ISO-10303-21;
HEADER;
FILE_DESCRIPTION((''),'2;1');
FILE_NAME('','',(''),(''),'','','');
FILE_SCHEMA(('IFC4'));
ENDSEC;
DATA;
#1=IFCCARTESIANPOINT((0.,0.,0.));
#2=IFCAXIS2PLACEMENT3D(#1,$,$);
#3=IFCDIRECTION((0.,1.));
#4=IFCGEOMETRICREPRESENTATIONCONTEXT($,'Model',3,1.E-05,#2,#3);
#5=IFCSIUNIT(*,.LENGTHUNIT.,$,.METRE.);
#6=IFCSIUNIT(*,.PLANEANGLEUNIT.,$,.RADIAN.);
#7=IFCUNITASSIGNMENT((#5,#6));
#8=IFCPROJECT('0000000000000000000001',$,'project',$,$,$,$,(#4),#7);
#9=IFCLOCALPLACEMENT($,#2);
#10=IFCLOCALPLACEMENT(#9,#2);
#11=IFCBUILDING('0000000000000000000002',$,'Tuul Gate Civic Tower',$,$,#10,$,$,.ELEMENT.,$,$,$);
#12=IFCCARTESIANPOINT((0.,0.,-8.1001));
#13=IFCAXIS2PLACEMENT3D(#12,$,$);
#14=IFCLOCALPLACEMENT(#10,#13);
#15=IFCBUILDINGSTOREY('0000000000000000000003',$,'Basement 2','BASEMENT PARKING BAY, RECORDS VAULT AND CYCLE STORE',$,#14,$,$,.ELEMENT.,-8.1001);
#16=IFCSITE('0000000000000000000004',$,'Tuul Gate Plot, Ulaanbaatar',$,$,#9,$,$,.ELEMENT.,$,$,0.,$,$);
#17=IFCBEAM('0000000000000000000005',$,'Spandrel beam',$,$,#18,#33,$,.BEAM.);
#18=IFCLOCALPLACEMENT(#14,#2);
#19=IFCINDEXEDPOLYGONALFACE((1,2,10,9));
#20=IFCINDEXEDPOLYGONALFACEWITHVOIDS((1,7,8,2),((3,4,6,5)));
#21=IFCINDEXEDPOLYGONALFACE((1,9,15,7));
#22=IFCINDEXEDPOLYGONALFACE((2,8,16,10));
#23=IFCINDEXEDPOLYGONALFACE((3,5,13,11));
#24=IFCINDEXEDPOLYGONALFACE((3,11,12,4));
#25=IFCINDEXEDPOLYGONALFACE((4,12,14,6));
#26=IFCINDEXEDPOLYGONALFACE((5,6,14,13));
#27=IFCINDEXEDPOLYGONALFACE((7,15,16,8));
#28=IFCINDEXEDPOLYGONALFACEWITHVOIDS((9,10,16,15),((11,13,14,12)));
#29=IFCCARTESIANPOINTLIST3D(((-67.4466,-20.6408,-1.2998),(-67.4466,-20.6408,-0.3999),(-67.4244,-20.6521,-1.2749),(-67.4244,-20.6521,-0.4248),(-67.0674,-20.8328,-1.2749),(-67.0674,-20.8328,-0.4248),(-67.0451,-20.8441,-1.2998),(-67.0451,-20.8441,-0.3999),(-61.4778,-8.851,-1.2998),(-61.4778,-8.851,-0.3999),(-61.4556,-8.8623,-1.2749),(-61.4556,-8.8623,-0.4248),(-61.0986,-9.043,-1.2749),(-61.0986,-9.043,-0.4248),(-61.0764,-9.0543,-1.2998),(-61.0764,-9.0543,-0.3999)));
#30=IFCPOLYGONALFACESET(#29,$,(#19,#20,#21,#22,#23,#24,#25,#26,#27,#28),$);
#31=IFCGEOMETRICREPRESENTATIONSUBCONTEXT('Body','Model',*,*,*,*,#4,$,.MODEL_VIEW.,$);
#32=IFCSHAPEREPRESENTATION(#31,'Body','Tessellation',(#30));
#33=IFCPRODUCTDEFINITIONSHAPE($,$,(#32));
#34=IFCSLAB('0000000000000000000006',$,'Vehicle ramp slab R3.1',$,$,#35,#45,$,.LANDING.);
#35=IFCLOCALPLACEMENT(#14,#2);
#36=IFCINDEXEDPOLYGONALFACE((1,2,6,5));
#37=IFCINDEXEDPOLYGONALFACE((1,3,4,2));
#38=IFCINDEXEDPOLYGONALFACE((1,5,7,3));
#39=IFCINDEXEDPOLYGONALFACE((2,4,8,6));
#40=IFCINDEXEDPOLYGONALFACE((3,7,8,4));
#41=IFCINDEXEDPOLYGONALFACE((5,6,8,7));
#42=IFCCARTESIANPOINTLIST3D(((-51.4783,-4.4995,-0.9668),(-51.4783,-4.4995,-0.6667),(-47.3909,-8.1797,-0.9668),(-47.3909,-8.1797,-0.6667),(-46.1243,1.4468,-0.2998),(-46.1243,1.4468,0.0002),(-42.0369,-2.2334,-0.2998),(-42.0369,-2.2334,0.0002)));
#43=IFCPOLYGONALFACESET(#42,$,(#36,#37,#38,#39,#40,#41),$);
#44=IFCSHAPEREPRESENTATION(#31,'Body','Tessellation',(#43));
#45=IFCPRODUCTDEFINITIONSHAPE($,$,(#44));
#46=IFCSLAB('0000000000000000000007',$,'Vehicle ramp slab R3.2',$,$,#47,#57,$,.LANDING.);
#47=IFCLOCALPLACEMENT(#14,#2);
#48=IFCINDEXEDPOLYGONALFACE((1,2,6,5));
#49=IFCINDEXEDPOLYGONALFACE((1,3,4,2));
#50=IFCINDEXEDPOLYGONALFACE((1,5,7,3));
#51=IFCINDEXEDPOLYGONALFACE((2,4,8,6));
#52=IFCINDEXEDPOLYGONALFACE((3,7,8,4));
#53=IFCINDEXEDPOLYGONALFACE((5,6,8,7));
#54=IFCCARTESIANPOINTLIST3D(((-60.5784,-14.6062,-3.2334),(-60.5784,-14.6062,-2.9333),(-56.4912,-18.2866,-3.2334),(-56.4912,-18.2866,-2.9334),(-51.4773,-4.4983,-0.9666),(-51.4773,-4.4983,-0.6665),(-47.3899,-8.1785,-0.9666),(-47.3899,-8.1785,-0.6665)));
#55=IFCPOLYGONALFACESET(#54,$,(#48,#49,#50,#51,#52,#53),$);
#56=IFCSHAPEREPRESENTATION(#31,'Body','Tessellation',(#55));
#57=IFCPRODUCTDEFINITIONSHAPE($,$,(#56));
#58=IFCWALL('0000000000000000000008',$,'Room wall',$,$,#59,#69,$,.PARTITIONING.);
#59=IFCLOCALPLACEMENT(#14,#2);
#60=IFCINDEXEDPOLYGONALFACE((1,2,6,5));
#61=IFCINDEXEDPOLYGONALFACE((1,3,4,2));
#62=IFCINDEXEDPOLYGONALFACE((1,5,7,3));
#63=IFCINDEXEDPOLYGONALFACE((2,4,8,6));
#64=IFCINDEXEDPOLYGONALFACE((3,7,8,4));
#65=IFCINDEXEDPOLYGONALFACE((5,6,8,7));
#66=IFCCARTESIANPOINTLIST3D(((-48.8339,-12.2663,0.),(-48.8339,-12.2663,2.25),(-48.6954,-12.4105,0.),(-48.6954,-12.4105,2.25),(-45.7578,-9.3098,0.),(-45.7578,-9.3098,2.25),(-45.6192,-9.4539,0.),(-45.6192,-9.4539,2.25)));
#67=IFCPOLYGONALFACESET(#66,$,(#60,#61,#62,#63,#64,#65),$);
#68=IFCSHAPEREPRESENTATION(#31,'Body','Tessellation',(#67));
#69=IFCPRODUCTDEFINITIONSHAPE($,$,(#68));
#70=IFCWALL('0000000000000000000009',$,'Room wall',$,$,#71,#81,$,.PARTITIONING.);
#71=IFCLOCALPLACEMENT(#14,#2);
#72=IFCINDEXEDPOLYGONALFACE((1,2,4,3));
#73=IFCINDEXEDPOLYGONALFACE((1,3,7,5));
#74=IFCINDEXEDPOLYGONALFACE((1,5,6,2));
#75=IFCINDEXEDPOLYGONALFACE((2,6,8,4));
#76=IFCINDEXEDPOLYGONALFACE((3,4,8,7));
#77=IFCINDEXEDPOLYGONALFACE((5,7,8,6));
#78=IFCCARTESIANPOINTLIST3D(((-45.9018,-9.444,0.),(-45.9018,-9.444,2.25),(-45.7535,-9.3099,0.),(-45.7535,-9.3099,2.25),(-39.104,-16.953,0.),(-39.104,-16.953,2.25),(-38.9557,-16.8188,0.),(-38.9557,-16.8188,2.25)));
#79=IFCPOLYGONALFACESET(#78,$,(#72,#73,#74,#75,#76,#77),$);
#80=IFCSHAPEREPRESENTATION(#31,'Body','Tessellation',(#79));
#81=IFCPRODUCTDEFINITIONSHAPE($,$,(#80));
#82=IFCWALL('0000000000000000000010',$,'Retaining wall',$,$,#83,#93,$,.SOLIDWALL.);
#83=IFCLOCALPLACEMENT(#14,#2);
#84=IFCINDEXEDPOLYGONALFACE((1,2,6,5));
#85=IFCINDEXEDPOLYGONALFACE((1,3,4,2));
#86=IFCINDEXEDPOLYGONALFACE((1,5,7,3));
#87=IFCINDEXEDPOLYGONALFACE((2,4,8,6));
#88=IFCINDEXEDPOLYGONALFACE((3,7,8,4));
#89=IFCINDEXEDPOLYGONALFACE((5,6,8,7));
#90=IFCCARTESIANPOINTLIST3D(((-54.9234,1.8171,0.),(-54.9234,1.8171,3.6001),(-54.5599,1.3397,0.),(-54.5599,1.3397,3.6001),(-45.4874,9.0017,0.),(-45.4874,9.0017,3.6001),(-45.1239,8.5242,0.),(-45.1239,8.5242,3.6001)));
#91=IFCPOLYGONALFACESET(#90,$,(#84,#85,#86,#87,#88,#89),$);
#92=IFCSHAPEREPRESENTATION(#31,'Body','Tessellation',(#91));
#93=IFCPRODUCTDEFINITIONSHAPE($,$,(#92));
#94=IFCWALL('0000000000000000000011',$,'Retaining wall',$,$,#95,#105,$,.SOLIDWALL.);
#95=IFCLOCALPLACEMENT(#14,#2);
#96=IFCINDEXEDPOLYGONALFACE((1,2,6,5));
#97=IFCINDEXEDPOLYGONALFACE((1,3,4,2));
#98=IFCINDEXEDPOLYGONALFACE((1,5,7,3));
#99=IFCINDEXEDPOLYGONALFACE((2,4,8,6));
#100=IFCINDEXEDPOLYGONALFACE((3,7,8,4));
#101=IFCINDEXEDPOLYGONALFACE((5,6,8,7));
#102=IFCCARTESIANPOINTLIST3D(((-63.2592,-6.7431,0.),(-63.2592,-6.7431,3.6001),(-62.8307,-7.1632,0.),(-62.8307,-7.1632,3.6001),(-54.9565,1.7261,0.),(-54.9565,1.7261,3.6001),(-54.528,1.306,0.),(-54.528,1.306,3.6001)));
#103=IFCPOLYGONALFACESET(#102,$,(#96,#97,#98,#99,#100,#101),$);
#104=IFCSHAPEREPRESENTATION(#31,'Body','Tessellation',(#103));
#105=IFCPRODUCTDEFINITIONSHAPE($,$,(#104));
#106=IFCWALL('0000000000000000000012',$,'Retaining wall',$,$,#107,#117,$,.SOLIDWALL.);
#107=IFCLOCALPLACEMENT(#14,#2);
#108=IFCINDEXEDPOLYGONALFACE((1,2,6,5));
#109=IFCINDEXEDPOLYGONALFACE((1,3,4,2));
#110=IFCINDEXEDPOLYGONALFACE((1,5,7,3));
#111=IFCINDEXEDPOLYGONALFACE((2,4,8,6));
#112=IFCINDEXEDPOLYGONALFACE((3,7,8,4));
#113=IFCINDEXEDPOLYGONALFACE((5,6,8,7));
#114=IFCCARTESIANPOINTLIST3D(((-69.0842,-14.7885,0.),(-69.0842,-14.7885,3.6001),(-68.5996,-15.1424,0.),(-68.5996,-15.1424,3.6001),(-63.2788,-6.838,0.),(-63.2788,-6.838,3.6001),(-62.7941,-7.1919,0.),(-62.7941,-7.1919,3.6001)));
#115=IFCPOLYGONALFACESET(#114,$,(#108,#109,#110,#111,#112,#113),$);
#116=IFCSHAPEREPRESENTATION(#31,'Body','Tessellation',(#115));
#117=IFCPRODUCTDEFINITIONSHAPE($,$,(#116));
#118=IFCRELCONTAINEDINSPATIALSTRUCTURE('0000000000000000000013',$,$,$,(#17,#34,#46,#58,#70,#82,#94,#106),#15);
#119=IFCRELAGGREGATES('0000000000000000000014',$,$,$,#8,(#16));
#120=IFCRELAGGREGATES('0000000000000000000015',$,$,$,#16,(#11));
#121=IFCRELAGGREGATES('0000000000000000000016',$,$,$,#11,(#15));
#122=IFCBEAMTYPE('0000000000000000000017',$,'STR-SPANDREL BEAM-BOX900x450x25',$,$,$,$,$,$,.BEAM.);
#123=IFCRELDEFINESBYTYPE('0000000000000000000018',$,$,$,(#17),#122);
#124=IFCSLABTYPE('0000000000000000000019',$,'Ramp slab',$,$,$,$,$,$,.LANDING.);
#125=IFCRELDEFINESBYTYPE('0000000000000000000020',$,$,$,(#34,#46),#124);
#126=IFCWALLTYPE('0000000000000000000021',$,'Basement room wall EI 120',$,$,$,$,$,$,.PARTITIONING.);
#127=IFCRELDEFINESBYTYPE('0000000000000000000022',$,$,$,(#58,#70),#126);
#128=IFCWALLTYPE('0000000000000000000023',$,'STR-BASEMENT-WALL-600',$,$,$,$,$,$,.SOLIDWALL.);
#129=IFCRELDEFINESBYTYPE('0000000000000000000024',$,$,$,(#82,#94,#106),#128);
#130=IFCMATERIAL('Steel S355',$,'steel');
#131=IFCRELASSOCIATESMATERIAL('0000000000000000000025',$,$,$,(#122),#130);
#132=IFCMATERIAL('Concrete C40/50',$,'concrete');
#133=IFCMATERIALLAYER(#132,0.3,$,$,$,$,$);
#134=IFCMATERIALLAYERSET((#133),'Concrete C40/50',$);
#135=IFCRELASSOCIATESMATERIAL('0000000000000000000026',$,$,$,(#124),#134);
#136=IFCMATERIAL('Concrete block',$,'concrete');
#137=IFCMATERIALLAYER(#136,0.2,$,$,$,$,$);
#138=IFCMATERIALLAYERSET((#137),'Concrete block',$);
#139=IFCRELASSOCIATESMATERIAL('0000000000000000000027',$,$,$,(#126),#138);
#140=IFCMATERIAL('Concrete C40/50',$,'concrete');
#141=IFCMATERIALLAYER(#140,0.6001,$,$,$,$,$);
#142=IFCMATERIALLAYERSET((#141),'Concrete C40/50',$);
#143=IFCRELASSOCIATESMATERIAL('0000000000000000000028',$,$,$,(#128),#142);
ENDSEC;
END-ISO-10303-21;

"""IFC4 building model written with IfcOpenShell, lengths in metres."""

from ifc_helpers import new_model, si_unit, direction, frame, frame_2d, origin, origin_2d, place, context, subcontext, project, spatial, polyline, rectangle, hollow_rectangle, outline, extrude, material, layer, layer_set, material_profile, profile_set, type_object, element, save


model = new_model("IFC4")

# Units and contexts
model_context = context("Model", 3, precision=1e-05, world=origin(), true_north=direction((0.0, 1.0)))
body_context = subcontext(model_context, "Body", "Model", "MODEL_VIEW")
ifc_project = project(units=[si_unit("LENGTHUNIT", "METRE"), si_unit("PLANEANGLEUNIT", "RADIAN")], contexts=[model_context])

# Site, building, storey
site_placement = place(None, origin())
site = spatial("IfcSite", under=ifc_project, at=site_placement, Name="Tuul Gate Plot, Ulaanbaatar", CompositionType="ELEMENT", RefElevation=0.0)
building_placement = place(site_placement, origin())
building = spatial("IfcBuilding", under=site, at=building_placement, Name="Tuul Gate Civic Tower", CompositionType="ELEMENT")
storey_placement = place(building_placement, frame((0.0, 0.0, -8.1001)))
storey = spatial("IfcBuildingStorey", under=building, at=storey_placement, Name="Basement 2", Description="BASEMENT PARKING BAY, RECORDS VAULT AND CYCLE STORE", CompositionType="ELEMENT", Elevation=-8.1001)

# Beam
ifc_material_1 = material(Name="Steel S355", Category="steel")
ifc_material_profile_1 = material_profile(ifc_material_1, hollow_rectangle(XDim=0.45, YDim=0.8999, WallThickness=0.0249, at=origin_2d()), Name="BOX900x450x25")
ifc_profile_set_1 = profile_set([ifc_material_profile_1], Name="Steel S355")
beam_type_1 = type_object("IfcBeamType", Name="STR-SPANDREL BEAM-BOX900x450x25", PredefinedType="BEAM", material=ifc_profile_set_1)
beam_1_placement = place(storey_placement, frame((-61.2771, -8.9526, -0.8499), z_axis=(-0.451679, -0.892181, 0.0), x_axis=(0.892181, -0.451679, 0.0)))
element("IfcBeam", 1, at=beam_1_placement, inside=storey, type_object=beam_type_1, Name="Spandrel beam", PredefinedType="BEAM", context=body_context, shape_type="SweptSolid", body=[
    extrude(hollow_rectangle(XDim=0.45, YDim=0.8999, WallThickness=0.0249, at=origin_2d()), origin(), (0.0, 0.0, 1.0), 13.2146),
])

# Slabs
ifc_material_2 = material(Name="Concrete C40/50", Category="concrete")
ifc_layer_1 = layer(ifc_material_2, 0.3)
ifc_layer_set_1 = layer_set([ifc_layer_1], Name="Concrete C40/50")
slab_type = type_object("IfcSlabType", Name="Ramp slab", PredefinedType="LANDING", material=ifc_layer_set_1)
slab_1_placement = place(storey_placement, frame((-42.0369, -2.2334, 0.0002), z_axis=(-0.055584, -0.061734, 0.996544), x_axis=(-0.666814, -0.74058, -0.08307)))
element("IfcSlab", 2, at=slab_1_placement, inside=storey, type_object=slab_type, Name="Vehicle ramp slab R3.1", PredefinedType="LANDING", context=body_context, shape_type="SweptSolid", body=[
    extrude(outline(polyline([(0.0, 0.0), (8.0292, 0.0), (8.0293, -5.5001), (0.0001, -5.5001), (0.0, 0.0)])), origin(), (0.08307, 0.000001, -0.996544), 0.3),
])
slab_2_placement = place(storey_placement, frame((-47.3899, -8.1785, -0.6665), z_axis=(-0.110002, -0.122166, 0.986395), x_axis=(-0.660023, -0.733038, -0.164393)))
element("IfcSlab", 3, at=slab_2_placement, inside=storey, type_object=slab_type, Name="Vehicle ramp slab R3.2", PredefinedType="LANDING", context=body_context, shape_type="SweptSolid", body=[
    extrude(outline(polyline([(0.0, 0.0), (13.7894, 0.0), (13.7891, -5.5), (0.0001, -5.5001), (0.0, 0.0)])), origin(), (0.164393, -0.000003, -0.986395), 0.3),
])

# Walls
ifc_material_3 = material(Name="Concrete block", Category="concrete")
ifc_layer_2 = layer(ifc_material_3, 0.2)
ifc_layer_set_2 = layer_set([ifc_layer_2], Name="Concrete block")
wall_type_1 = type_object("IfcWallType", Name="Basement room wall EI 120", PredefinedType="PARTITIONING", material=ifc_layer_set_2)
wall_1_placement = place(storey_placement, frame((-48.7646, -12.3384, 0.0), z_axis=(0.0, 0.0, 1.0), x_axis=(0.720987, 0.692949, 0.0)))
element("IfcWall", 4, at=wall_1_placement, inside=storey, type_object=wall_type_1, Name="Room wall", PredefinedType="PARTITIONING", context=body_context, shape_type="SweptSolid", body=[
    extrude(rectangle(XDim=4.2666, YDim=0.2, at=frame_2d((2.1333, 0.0))), origin(), (0.0, 0.0, 1.0), 2.25),
])
wall_2_placement = place(storey_placement, frame((-45.8276, -9.377, 0.0), z_axis=(0.0, 0.0, 1.0), x_axis=(0.671129, -0.741341, 0.0)))
element("IfcWall", 5, at=wall_2_placement, inside=storey, type_object=wall_type_1, Name="Room wall", PredefinedType="PARTITIONING", context=body_context, shape_type="SweptSolid", body=[
    extrude(rectangle(XDim=10.1289, YDim=0.2, at=frame_2d((5.0645, 0.0))), origin(), (0.0, 0.0, 1.0), 2.25),
])
ifc_material_4 = material(Name="Concrete C40/50", Category="concrete")
ifc_layer_3 = layer(ifc_material_4, 0.6001)
ifc_layer_set_3 = layer_set([ifc_layer_3], Name="Concrete C40/50")
wall_type_2 = type_object("IfcWallType", Name="STR-BASEMENT-WALL-600", PredefinedType="SOLIDWALL", material=ifc_layer_set_3)
wall_3_placement = place(storey_placement, frame((-45.3057, 8.7629, 0.0), z_axis=(0.0, 0.0, 1.0), x_axis=(-0.795626, -0.605788, 0.0)))
element("IfcWall", 6, at=wall_3_placement, inside=storey, type_object=wall_type_2, Name="Retaining wall", PredefinedType="SOLIDWALL", context=body_context, shape_type="SweptSolid", body=[
    extrude(rectangle(XDim=11.8599, YDim=0.6001, at=frame_2d((5.9299, 0.0))), origin(), (0.0, 0.0, 1.0), 3.6001),
])
wall_4_placement = place(storey_placement, frame((-54.7422, 1.5161, 0.0), z_axis=(0.0, 0.0, 1.0), x_axis=(-0.700052, -0.714091, 0.0)))
element("IfcWall", 7, at=wall_4_placement, inside=storey, type_object=wall_type_2, Name="Retaining wall", PredefinedType="SOLIDWALL", context=body_context, shape_type="SweptSolid", body=[
    extrude(rectangle(XDim=11.8601, YDim=0.6001, at=frame_2d((5.9302, 0.0))), origin(), (0.0, 0.0, 1.0), 3.6001),
])
wall_5_placement = place(storey_placement, frame((-63.0364, -7.0149, 0.0), z_axis=(0.0, 0.0, 1.0), x_axis=(-0.589717, -0.80761, 0.0)))
element("IfcWall", 8, at=wall_5_placement, inside=storey, type_object=wall_type_2, Name="Retaining wall", PredefinedType="SOLIDWALL", context=body_context, shape_type="SweptSolid", body=[
    extrude(rectangle(XDim=9.8445, YDim=0.6001, at=frame_2d((4.9224, 0.0))), origin(), (0.0, 0.0, 1.0), 3.6001),
])

save(model, "model.ifc")
